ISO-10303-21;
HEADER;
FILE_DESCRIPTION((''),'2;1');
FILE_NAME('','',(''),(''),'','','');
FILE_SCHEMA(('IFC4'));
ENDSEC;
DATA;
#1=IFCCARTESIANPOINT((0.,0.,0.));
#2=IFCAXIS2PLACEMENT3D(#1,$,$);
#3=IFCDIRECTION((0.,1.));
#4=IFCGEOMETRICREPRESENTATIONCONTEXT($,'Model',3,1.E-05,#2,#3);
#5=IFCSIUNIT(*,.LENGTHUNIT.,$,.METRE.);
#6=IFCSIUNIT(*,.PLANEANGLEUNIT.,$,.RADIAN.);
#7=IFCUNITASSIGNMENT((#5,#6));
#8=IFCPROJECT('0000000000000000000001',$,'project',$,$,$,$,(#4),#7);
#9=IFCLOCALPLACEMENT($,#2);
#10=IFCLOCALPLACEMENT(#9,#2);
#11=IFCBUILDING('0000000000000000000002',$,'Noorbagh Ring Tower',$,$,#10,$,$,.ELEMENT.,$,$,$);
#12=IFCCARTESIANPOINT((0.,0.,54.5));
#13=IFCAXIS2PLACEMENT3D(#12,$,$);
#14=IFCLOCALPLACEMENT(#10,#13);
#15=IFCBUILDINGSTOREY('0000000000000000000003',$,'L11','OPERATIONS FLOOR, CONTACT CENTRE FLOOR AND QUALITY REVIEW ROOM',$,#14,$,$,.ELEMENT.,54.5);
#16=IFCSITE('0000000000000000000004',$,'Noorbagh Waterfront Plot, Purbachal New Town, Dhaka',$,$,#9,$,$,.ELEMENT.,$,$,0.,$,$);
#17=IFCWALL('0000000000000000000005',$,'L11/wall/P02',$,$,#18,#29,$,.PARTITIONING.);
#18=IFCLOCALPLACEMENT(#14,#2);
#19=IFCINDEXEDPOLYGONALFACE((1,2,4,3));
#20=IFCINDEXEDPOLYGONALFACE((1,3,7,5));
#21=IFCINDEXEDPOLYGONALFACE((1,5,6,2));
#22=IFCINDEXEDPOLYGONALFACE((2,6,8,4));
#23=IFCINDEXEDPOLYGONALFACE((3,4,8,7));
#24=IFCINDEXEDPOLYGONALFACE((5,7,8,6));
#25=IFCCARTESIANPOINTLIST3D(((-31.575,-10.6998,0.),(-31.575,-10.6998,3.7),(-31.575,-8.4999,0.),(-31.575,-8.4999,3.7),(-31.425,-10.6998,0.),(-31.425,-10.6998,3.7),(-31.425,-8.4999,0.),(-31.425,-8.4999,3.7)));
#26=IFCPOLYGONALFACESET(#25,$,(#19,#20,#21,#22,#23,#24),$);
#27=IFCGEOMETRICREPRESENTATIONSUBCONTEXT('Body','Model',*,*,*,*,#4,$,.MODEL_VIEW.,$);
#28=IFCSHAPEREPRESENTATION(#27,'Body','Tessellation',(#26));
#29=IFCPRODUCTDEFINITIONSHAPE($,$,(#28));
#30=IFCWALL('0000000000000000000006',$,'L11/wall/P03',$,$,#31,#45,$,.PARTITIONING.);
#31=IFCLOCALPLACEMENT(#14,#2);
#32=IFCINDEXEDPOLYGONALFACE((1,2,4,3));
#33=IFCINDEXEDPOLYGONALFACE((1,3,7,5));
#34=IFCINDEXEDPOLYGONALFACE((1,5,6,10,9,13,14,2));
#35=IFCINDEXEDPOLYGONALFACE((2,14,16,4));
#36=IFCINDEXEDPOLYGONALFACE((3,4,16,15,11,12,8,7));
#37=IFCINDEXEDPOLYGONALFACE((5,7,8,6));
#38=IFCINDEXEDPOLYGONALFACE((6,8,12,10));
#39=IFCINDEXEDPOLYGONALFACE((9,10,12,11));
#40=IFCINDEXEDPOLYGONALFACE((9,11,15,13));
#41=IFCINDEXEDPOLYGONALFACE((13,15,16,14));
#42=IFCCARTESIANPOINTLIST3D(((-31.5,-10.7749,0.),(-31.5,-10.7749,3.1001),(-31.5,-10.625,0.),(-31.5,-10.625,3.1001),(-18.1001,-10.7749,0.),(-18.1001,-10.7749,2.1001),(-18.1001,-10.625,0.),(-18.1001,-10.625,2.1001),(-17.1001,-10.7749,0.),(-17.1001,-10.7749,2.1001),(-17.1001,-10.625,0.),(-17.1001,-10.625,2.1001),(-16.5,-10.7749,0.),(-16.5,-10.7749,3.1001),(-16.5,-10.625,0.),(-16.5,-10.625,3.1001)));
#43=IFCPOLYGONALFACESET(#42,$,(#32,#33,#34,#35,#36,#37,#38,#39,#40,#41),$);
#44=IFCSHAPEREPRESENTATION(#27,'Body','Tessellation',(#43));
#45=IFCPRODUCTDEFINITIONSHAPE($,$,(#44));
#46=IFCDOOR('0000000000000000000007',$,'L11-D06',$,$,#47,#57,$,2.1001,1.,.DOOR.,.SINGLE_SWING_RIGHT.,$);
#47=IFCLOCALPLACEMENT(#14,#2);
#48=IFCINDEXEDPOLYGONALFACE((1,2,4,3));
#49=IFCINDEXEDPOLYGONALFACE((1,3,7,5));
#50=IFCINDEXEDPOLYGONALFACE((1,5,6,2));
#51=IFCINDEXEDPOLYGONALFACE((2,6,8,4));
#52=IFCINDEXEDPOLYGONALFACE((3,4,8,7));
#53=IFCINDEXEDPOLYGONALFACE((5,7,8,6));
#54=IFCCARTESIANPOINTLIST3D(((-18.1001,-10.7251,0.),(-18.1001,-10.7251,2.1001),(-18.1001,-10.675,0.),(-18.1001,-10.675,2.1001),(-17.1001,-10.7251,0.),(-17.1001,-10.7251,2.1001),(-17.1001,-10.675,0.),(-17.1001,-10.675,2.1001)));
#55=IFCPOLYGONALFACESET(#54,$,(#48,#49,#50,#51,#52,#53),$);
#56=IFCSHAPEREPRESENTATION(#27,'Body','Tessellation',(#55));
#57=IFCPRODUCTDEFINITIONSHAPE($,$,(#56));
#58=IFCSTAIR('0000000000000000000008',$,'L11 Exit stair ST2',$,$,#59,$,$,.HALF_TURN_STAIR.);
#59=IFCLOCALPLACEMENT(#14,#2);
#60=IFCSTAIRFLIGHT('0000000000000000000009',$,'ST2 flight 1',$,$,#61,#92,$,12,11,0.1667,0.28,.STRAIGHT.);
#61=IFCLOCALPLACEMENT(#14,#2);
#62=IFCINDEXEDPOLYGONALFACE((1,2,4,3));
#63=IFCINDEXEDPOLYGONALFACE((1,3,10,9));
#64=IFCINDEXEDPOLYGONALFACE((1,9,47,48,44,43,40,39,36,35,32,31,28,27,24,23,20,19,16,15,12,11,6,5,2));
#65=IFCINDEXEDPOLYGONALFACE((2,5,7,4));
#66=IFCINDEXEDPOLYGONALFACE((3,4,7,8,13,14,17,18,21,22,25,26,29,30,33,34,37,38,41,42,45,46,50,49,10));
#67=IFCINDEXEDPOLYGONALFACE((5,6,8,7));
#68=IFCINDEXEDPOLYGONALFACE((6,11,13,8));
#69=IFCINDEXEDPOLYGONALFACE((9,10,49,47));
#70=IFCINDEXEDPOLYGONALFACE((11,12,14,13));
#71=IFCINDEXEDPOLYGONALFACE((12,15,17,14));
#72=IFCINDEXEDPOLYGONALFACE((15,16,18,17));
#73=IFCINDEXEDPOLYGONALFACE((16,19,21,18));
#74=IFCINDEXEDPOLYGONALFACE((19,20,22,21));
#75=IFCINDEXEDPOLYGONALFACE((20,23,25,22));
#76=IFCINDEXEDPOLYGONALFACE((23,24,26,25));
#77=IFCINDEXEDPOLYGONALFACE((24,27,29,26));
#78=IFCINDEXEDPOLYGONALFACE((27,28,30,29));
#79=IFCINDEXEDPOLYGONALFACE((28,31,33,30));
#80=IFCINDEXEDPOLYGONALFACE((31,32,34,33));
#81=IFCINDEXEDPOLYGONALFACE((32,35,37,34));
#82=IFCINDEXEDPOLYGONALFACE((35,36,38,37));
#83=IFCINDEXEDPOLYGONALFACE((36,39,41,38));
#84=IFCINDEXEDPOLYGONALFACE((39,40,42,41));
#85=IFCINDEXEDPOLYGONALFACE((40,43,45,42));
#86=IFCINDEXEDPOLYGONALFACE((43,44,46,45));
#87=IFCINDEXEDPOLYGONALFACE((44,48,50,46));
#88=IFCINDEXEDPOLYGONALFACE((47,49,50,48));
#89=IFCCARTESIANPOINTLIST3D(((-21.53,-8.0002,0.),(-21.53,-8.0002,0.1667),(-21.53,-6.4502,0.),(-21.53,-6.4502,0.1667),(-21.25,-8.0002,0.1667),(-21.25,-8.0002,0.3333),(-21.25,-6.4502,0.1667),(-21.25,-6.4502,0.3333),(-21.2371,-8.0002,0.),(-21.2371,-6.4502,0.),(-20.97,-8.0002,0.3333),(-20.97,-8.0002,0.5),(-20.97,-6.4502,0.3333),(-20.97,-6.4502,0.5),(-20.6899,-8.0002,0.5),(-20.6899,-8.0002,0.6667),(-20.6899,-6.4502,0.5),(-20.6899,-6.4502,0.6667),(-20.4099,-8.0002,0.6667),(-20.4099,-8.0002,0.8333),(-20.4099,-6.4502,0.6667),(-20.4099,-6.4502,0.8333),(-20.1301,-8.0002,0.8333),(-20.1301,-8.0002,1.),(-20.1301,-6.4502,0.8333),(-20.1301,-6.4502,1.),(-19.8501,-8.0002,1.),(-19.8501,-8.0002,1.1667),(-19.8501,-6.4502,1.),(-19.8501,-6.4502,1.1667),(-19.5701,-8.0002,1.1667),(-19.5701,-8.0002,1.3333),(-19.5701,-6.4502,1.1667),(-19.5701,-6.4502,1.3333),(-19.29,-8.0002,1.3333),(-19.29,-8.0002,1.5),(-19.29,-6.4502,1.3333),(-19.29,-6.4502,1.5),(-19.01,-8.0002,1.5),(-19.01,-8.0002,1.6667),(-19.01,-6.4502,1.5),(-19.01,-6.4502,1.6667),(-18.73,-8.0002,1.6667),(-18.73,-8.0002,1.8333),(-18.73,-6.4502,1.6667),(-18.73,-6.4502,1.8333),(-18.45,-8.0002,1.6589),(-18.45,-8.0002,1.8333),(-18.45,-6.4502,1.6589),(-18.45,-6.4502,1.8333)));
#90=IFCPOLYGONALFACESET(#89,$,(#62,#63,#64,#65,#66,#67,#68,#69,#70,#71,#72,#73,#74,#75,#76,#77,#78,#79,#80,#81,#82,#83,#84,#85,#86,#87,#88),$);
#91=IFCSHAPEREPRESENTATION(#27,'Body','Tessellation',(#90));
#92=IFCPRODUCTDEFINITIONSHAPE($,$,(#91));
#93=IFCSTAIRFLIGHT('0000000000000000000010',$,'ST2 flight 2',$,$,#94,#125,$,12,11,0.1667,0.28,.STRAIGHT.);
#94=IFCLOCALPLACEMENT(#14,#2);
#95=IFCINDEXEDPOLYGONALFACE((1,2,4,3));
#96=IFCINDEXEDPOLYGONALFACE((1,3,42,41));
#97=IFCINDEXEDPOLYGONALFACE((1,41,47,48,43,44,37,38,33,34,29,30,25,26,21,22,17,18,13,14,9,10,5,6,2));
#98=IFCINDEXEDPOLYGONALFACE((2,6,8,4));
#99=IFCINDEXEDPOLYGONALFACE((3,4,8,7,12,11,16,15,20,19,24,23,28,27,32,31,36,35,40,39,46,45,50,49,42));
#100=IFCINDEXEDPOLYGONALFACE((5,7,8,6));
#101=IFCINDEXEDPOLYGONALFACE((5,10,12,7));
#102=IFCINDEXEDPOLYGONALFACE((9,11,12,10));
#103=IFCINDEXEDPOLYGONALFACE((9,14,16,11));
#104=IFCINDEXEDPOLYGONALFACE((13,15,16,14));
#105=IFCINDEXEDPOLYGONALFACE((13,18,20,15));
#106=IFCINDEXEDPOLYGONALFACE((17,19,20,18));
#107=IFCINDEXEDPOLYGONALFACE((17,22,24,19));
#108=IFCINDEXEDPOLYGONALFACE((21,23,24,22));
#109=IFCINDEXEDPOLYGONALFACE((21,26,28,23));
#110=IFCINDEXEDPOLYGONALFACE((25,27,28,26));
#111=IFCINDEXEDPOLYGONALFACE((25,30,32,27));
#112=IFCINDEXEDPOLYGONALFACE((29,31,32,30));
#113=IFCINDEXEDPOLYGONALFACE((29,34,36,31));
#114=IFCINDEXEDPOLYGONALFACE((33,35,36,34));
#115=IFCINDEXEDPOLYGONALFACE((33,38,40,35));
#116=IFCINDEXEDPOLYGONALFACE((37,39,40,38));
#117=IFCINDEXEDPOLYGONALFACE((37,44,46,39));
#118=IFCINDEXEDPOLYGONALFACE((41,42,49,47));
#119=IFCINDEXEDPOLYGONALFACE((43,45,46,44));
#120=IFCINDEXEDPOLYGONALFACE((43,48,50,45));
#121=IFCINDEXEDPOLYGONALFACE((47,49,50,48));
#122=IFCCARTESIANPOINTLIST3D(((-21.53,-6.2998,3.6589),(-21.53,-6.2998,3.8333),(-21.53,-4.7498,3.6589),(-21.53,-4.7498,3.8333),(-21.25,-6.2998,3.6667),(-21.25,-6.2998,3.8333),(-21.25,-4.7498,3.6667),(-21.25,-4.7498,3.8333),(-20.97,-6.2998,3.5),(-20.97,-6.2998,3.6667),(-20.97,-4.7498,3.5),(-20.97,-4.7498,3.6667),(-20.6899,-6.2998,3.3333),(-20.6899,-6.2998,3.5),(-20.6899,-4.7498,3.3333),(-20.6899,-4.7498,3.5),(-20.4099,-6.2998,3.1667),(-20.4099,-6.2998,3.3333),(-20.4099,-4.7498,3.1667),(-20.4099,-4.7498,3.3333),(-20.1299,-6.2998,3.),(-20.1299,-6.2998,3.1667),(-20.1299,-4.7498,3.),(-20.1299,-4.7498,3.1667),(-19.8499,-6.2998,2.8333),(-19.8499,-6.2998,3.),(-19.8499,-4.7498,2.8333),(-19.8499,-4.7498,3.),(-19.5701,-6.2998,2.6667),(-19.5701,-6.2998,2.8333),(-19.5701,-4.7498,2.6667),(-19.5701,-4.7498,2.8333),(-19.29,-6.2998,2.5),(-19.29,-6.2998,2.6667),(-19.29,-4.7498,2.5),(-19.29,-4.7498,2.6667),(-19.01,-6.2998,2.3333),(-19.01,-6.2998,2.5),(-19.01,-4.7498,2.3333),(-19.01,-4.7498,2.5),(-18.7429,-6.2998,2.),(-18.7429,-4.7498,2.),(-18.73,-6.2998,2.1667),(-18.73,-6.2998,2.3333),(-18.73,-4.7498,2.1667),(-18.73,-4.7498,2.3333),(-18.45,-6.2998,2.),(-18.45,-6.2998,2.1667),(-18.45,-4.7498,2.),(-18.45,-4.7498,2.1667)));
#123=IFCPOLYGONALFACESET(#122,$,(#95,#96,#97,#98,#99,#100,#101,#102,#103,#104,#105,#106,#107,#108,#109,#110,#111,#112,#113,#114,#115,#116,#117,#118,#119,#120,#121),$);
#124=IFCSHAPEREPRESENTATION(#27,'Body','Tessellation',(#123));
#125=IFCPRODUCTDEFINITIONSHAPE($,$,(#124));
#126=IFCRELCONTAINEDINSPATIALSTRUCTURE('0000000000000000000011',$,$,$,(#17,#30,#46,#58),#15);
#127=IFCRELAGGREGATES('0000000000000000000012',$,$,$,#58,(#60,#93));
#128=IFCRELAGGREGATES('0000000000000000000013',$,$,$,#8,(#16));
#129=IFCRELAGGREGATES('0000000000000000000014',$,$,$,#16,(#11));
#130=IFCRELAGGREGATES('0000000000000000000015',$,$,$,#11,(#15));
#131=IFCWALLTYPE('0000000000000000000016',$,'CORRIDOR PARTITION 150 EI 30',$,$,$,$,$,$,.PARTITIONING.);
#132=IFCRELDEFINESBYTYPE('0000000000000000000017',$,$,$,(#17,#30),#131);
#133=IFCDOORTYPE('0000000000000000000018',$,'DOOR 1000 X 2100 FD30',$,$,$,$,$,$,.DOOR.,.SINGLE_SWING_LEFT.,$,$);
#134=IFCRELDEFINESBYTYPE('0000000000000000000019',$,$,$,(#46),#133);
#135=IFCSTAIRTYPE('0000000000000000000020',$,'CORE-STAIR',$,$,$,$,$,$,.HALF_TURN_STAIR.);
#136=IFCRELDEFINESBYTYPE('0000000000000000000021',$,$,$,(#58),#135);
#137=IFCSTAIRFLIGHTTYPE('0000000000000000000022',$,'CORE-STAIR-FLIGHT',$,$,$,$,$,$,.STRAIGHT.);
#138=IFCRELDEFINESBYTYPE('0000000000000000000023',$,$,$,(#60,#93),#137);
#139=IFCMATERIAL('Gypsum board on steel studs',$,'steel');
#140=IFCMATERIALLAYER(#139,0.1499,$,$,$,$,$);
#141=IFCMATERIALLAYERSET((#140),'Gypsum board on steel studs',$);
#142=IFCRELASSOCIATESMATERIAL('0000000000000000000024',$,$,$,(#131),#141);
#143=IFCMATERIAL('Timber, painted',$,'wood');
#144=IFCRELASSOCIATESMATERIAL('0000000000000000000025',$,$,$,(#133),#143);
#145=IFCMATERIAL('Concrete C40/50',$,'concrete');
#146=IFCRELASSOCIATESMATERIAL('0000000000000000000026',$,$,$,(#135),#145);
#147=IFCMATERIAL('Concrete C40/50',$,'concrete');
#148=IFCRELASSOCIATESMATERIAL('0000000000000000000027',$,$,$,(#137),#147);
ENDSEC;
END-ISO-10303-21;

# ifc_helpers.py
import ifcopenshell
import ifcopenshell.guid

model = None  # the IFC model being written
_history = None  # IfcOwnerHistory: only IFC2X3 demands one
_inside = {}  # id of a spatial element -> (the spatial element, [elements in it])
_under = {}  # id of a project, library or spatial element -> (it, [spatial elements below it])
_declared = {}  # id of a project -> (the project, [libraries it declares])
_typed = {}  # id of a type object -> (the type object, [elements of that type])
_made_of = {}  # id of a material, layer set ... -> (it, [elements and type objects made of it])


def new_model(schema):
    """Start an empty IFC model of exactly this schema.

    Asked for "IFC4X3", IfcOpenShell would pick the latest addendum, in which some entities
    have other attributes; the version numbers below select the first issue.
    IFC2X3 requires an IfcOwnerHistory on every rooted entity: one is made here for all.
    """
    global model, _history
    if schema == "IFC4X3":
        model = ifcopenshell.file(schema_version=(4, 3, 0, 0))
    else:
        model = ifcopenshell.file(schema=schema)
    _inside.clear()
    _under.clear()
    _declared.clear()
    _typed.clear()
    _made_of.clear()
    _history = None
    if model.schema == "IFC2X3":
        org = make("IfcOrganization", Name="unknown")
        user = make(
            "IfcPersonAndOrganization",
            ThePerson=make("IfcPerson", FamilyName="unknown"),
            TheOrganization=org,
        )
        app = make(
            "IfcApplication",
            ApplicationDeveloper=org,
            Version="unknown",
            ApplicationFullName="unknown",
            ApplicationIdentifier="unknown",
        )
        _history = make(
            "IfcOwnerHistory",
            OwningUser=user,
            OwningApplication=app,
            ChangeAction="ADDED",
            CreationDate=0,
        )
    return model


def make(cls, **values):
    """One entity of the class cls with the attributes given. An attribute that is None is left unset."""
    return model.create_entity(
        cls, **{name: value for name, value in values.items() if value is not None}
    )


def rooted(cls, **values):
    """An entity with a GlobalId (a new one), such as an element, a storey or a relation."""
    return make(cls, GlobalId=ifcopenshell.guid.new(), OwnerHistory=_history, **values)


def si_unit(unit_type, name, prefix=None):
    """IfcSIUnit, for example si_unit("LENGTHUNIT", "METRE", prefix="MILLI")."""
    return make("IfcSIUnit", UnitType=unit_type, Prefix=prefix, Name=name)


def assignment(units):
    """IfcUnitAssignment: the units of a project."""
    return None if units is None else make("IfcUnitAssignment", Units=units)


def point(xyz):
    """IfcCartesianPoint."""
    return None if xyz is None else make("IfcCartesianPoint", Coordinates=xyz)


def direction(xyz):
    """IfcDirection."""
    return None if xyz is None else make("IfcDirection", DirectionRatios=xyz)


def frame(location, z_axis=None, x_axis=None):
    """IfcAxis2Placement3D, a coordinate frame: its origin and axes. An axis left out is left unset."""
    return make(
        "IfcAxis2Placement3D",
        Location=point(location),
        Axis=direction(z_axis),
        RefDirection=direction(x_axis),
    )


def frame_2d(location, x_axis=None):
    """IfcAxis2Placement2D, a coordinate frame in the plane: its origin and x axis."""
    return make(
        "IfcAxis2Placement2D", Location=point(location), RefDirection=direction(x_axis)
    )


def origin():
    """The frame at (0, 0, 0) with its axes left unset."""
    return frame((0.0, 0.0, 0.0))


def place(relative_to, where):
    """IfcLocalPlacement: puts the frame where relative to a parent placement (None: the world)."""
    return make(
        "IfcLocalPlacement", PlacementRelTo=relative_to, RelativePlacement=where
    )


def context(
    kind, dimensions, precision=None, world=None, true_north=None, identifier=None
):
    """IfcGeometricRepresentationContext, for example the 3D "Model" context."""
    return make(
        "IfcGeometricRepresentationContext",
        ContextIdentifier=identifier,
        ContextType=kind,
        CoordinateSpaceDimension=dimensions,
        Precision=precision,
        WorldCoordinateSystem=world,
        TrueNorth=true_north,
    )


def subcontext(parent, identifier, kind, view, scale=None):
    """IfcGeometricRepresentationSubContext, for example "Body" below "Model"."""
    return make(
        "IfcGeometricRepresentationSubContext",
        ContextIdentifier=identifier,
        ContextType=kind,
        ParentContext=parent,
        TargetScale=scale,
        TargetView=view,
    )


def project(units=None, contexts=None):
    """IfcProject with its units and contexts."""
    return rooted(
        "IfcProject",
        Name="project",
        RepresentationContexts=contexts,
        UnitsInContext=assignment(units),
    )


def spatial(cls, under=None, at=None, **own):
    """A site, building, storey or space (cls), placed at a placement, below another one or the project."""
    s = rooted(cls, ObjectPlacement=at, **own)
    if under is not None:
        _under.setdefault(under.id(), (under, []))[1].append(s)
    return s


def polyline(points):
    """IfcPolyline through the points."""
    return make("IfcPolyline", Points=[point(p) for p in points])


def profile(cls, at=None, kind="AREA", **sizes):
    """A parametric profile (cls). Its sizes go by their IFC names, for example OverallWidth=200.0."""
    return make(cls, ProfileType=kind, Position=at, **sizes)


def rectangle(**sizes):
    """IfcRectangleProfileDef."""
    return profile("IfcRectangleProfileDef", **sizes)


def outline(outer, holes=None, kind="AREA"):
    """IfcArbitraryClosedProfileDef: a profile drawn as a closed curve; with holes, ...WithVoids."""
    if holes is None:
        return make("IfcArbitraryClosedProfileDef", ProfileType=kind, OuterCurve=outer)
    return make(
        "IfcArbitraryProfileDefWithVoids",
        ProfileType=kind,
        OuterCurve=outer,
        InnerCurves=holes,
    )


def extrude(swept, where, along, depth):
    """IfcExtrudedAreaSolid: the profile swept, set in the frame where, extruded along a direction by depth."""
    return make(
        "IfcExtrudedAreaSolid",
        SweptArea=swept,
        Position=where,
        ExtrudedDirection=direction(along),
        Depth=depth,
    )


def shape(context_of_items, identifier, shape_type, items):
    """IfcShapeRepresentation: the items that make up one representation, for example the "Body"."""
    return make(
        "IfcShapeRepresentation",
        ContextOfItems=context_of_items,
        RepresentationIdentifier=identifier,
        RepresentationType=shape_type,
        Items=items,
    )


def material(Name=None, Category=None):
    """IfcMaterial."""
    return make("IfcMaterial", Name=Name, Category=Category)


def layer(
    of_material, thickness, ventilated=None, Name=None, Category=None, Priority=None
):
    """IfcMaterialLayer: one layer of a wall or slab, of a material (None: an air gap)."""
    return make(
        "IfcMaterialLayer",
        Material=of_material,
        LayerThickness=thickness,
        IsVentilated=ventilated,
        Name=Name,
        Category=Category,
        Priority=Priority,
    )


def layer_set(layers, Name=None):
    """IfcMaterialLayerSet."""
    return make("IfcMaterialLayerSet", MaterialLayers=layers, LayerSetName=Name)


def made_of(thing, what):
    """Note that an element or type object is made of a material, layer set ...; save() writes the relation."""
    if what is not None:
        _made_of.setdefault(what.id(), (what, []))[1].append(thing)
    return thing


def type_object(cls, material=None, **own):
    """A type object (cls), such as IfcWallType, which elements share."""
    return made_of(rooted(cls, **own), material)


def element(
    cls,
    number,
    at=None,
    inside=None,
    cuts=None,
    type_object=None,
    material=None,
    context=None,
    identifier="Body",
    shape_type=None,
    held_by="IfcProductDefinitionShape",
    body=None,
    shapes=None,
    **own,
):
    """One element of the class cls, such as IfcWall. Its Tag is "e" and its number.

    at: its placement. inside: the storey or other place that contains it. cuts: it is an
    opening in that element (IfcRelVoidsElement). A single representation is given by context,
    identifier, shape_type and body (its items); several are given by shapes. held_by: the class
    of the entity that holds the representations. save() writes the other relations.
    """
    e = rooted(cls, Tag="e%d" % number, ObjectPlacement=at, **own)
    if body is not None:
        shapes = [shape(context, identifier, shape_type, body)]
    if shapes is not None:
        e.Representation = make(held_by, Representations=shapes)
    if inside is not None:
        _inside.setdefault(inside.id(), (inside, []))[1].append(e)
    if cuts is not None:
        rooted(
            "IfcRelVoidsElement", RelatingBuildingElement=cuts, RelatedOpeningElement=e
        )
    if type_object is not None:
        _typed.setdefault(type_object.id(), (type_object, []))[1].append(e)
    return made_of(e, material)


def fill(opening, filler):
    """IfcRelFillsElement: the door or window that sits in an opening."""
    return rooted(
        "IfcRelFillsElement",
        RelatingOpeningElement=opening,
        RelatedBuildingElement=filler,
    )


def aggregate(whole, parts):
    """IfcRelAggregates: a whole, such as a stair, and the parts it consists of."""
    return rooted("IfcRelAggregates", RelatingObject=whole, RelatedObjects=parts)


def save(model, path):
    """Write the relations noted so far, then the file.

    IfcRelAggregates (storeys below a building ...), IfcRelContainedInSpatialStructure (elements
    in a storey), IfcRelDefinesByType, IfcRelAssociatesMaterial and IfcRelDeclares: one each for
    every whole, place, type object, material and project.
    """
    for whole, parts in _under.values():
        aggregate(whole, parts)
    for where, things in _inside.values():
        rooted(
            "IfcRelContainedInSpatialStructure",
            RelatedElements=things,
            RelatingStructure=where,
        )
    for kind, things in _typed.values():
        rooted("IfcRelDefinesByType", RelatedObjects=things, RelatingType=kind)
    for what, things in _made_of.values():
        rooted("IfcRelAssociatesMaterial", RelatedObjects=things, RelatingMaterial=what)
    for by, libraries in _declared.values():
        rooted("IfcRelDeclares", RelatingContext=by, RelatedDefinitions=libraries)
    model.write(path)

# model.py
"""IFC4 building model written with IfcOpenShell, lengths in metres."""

from ifc_helpers import new_model, si_unit, direction, frame, frame_2d, origin, place, context, subcontext, project, spatial, polyline, rectangle, outline, extrude, material, layer, layer_set, type_object, element, fill, aggregate, save


model = new_model("IFC4")

# Units and contexts
model_context = context("Model", 3, precision=1e-05, world=origin(), true_north=direction((0.0, 1.0)))
body_context = subcontext(model_context, "Body", "Model", "MODEL_VIEW")
ifc_project = project(units=[si_unit("LENGTHUNIT", "METRE"), si_unit("PLANEANGLEUNIT", "RADIAN")], contexts=[model_context])

# Site, building, storey
site_placement = place(None, origin())
site = spatial("IfcSite", under=ifc_project, at=site_placement, Name="Noorbagh Waterfront Plot, Purbachal New Town, Dhaka", CompositionType="ELEMENT", RefElevation=0.0)
building_placement = place(site_placement, origin())
building = spatial("IfcBuilding", under=site, at=building_placement, Name="Noorbagh Ring Tower", CompositionType="ELEMENT")
storey_placement = place(building_placement, frame((0.0, 0.0, 54.5)))
storey = spatial("IfcBuildingStorey", under=building, at=storey_placement, Name="L11", Description="OPERATIONS FLOOR, CONTACT CENTRE FLOOR AND QUALITY REVIEW ROOM", CompositionType="ELEMENT", Elevation=54.5)

# Wall
ifc_material_1 = material(Name="Gypsum board on steel studs", Category="steel")
ifc_layer_1 = layer(ifc_material_1, 0.1499)
ifc_layer_set_1 = layer_set([ifc_layer_1], Name="Gypsum board on steel studs")
wall_type_1 = type_object("IfcWallType", Name="CORRIDOR PARTITION 150 EI 30", PredefinedType="PARTITIONING", material=ifc_layer_set_1)
wall_1_placement = place(storey_placement, frame((-31.5, -10.7, 0.0), z_axis=(0.0, 0.0, 1.0), x_axis=(0.0, 1.0, 0.0)))
element("IfcWall", 1, at=wall_1_placement, inside=storey, type_object=wall_type_1, Name="L11/wall/P02", PredefinedType="PARTITIONING", context=body_context, shape_type="SweptSolid", body=[
    extrude(rectangle(XDim=2.2, YDim=0.1499, at=frame_2d((1.1001, 0.0))), origin(), (0.0, 0.0, 1.0), 3.7),
])

# Wall, opening, door
wall_2_placement = place(storey_placement, frame((-31.5, -10.7, 0.0), z_axis=(0.0, 0.0, 1.0), x_axis=(1.0, 0.0, 0.0)))
wall_2 = element("IfcWall", 2, at=wall_2_placement, inside=storey, type_object=wall_type_1, Name="L11/wall/P03", PredefinedType="PARTITIONING", context=body_context, shape_type="SweptSolid", body=[
    extrude(rectangle(XDim=15.0, YDim=0.1499, at=frame_2d((7.5, 0.0))), origin(), (0.0, 0.0, 1.0), 3.1001),
])
opening_1_placement = place(wall_2_placement, frame((13.3999, 0.0, 0.0)))
opening_1 = element("IfcOpeningElement", 3, at=opening_1_placement, cuts=wall_2, PredefinedType="OPENING", context=body_context, shape_type="SweptSolid", body=[
    extrude(rectangle(XDim=1.0, YDim=2.1001, at=frame_2d((0.5, 1.05))), frame((0.0, 0.085, 0.0), z_axis=(0.0, -1.0, 0.0), x_axis=(1.0, 0.0, 0.0)), (0.0, 0.0, 1.0), 0.1699),
])
ifc_material_2 = material(Name="Timber, painted", Category="wood")
door_type_1 = type_object("IfcDoorType", Name="DOOR 1000 X 2100 FD30", OperationType="SINGLE_SWING_LEFT", PredefinedType="DOOR", material=ifc_material_2)
door_1_placement = place(opening_1_placement, origin())
door_1 = element("IfcDoor", 4, at=door_1_placement, inside=storey, type_object=door_type_1, Name="L11-D06", OperationType="SINGLE_SWING_RIGHT", OverallHeight=2.1001, OverallWidth=1.0, PredefinedType="DOOR", context=body_context, shape_type="SweptSolid", body=[
    extrude(rectangle(XDim=1.0, YDim=2.1001, at=frame_2d((0.5, 1.05))), frame((0.0, 0.0249, 0.0), z_axis=(0.0, -1.0, 0.0), x_axis=(1.0, 0.0, 0.0)), (0.0, 0.0, 1.0), 0.05),
])
fill(opening_1, door_1)

# Stair, stair flights
ifc_material_3 = material(Name="Concrete C40/50", Category="concrete")
stair_type = type_object("IfcStairType", Name="CORE-STAIR", PredefinedType="HALF_TURN_STAIR", material=ifc_material_3)
stair_placement = place(storey_placement, origin())
stair = element("IfcStair", 5, at=stair_placement, inside=storey, type_object=stair_type, Name="L11 Exit stair ST2", PredefinedType="HALF_TURN_STAIR")
ifc_material_4 = material(Name="Concrete C40/50", Category="concrete")
stair_flight_type = type_object("IfcStairFlightType", Name="CORE-STAIR-FLIGHT", PredefinedType="STRAIGHT", material=ifc_material_4)
stair_flight_1_placement = place(storey_placement, frame((-21.53, -7.2251, 0.0), z_axis=(0.0, 0.0, 1.0), x_axis=(1.0, 0.0, 0.0)))
stair_flight_1 = element("IfcStairFlight", 6, at=stair_flight_1_placement, type_object=stair_flight_type, Name="ST2 flight 1", NumberOfRisers=12, NumberOfTreads=11, PredefinedType="STRAIGHT", RiserHeight=0.1667, TreadLength=0.28, context=body_context, shape_type="SweptSolid", body=[
    extrude(outline(polyline([(0.0, 0.0), (0.0, 0.1667), (0.28, 0.1667), (0.28, 0.3333), (0.5601, 0.3333), (0.5601, 0.5), (0.8401, 0.5), (0.8401, 0.6667), (1.1201, 0.6667), (1.1201, 0.8333), (1.3999, 0.8333), (1.3999, 1.0), (1.6799, 1.0), (1.6799, 1.1667), (1.96, 1.1667), (1.96, 1.3333), (2.24, 1.3333), (2.24, 1.5), (2.52, 1.5), (2.52, 1.6667), (2.8, 1.6667), (2.8, 1.8333), (3.0801, 1.8333), (3.0801, 2.0), (3.0801, 1.6589), (0.293, 0.0), (0.0, 0.0)])), frame((0.0, 0.7749, 0.0), z_axis=(0.0, -1.0, 0.0), x_axis=(1.0, 0.0, 0.0)), (0.0, 0.0, 1.0), 1.55),
])
stair_flight_2_placement = place(storey_placement, frame((-18.45, -5.5249, 2.0), z_axis=(0.0, 0.0, 1.0), x_axis=(-1.0, 0.0, 0.0)))
stair_flight_2 = element("IfcStairFlight", 7, at=stair_flight_2_placement, type_object=stair_flight_type, Name="ST2 flight 2", NumberOfRisers=12, NumberOfTreads=11, PredefinedType="STRAIGHT", RiserHeight=0.1667, TreadLength=0.28, context=body_context, shape_type="SweptSolid", body=[
    extrude(outline(polyline([(0.0, 0.0), (0.0, 0.1667), (0.28, 0.1667), (0.28, 0.3333), (0.5601, 0.3333), (0.5601, 0.5), (0.8401, 0.5), (0.8401, 0.6667), (1.1201, 0.6667), (1.1201, 0.8333), (1.3999, 0.8333), (1.3999, 1.0), (1.6799, 1.0), (1.6799, 1.1667), (1.96, 1.1667), (1.96, 1.3333), (2.24, 1.3333), (2.24, 1.5), (2.52, 1.5), (2.52, 1.6667), (2.8, 1.6667), (2.8, 1.8333), (3.0801, 1.8333), (3.0801, 2.0), (3.0801, 1.6589), (0.293, 0.0), (0.0, 0.0)])), frame((0.0, 0.7749, 0.0), z_axis=(0.0, -1.0, 0.0), x_axis=(1.0, 0.0, 0.0)), (0.0, 0.0, 1.0), 1.55),
])
aggregate(stair, [stair_flight_1, stair_flight_2])

save(model, "model.ifc")
